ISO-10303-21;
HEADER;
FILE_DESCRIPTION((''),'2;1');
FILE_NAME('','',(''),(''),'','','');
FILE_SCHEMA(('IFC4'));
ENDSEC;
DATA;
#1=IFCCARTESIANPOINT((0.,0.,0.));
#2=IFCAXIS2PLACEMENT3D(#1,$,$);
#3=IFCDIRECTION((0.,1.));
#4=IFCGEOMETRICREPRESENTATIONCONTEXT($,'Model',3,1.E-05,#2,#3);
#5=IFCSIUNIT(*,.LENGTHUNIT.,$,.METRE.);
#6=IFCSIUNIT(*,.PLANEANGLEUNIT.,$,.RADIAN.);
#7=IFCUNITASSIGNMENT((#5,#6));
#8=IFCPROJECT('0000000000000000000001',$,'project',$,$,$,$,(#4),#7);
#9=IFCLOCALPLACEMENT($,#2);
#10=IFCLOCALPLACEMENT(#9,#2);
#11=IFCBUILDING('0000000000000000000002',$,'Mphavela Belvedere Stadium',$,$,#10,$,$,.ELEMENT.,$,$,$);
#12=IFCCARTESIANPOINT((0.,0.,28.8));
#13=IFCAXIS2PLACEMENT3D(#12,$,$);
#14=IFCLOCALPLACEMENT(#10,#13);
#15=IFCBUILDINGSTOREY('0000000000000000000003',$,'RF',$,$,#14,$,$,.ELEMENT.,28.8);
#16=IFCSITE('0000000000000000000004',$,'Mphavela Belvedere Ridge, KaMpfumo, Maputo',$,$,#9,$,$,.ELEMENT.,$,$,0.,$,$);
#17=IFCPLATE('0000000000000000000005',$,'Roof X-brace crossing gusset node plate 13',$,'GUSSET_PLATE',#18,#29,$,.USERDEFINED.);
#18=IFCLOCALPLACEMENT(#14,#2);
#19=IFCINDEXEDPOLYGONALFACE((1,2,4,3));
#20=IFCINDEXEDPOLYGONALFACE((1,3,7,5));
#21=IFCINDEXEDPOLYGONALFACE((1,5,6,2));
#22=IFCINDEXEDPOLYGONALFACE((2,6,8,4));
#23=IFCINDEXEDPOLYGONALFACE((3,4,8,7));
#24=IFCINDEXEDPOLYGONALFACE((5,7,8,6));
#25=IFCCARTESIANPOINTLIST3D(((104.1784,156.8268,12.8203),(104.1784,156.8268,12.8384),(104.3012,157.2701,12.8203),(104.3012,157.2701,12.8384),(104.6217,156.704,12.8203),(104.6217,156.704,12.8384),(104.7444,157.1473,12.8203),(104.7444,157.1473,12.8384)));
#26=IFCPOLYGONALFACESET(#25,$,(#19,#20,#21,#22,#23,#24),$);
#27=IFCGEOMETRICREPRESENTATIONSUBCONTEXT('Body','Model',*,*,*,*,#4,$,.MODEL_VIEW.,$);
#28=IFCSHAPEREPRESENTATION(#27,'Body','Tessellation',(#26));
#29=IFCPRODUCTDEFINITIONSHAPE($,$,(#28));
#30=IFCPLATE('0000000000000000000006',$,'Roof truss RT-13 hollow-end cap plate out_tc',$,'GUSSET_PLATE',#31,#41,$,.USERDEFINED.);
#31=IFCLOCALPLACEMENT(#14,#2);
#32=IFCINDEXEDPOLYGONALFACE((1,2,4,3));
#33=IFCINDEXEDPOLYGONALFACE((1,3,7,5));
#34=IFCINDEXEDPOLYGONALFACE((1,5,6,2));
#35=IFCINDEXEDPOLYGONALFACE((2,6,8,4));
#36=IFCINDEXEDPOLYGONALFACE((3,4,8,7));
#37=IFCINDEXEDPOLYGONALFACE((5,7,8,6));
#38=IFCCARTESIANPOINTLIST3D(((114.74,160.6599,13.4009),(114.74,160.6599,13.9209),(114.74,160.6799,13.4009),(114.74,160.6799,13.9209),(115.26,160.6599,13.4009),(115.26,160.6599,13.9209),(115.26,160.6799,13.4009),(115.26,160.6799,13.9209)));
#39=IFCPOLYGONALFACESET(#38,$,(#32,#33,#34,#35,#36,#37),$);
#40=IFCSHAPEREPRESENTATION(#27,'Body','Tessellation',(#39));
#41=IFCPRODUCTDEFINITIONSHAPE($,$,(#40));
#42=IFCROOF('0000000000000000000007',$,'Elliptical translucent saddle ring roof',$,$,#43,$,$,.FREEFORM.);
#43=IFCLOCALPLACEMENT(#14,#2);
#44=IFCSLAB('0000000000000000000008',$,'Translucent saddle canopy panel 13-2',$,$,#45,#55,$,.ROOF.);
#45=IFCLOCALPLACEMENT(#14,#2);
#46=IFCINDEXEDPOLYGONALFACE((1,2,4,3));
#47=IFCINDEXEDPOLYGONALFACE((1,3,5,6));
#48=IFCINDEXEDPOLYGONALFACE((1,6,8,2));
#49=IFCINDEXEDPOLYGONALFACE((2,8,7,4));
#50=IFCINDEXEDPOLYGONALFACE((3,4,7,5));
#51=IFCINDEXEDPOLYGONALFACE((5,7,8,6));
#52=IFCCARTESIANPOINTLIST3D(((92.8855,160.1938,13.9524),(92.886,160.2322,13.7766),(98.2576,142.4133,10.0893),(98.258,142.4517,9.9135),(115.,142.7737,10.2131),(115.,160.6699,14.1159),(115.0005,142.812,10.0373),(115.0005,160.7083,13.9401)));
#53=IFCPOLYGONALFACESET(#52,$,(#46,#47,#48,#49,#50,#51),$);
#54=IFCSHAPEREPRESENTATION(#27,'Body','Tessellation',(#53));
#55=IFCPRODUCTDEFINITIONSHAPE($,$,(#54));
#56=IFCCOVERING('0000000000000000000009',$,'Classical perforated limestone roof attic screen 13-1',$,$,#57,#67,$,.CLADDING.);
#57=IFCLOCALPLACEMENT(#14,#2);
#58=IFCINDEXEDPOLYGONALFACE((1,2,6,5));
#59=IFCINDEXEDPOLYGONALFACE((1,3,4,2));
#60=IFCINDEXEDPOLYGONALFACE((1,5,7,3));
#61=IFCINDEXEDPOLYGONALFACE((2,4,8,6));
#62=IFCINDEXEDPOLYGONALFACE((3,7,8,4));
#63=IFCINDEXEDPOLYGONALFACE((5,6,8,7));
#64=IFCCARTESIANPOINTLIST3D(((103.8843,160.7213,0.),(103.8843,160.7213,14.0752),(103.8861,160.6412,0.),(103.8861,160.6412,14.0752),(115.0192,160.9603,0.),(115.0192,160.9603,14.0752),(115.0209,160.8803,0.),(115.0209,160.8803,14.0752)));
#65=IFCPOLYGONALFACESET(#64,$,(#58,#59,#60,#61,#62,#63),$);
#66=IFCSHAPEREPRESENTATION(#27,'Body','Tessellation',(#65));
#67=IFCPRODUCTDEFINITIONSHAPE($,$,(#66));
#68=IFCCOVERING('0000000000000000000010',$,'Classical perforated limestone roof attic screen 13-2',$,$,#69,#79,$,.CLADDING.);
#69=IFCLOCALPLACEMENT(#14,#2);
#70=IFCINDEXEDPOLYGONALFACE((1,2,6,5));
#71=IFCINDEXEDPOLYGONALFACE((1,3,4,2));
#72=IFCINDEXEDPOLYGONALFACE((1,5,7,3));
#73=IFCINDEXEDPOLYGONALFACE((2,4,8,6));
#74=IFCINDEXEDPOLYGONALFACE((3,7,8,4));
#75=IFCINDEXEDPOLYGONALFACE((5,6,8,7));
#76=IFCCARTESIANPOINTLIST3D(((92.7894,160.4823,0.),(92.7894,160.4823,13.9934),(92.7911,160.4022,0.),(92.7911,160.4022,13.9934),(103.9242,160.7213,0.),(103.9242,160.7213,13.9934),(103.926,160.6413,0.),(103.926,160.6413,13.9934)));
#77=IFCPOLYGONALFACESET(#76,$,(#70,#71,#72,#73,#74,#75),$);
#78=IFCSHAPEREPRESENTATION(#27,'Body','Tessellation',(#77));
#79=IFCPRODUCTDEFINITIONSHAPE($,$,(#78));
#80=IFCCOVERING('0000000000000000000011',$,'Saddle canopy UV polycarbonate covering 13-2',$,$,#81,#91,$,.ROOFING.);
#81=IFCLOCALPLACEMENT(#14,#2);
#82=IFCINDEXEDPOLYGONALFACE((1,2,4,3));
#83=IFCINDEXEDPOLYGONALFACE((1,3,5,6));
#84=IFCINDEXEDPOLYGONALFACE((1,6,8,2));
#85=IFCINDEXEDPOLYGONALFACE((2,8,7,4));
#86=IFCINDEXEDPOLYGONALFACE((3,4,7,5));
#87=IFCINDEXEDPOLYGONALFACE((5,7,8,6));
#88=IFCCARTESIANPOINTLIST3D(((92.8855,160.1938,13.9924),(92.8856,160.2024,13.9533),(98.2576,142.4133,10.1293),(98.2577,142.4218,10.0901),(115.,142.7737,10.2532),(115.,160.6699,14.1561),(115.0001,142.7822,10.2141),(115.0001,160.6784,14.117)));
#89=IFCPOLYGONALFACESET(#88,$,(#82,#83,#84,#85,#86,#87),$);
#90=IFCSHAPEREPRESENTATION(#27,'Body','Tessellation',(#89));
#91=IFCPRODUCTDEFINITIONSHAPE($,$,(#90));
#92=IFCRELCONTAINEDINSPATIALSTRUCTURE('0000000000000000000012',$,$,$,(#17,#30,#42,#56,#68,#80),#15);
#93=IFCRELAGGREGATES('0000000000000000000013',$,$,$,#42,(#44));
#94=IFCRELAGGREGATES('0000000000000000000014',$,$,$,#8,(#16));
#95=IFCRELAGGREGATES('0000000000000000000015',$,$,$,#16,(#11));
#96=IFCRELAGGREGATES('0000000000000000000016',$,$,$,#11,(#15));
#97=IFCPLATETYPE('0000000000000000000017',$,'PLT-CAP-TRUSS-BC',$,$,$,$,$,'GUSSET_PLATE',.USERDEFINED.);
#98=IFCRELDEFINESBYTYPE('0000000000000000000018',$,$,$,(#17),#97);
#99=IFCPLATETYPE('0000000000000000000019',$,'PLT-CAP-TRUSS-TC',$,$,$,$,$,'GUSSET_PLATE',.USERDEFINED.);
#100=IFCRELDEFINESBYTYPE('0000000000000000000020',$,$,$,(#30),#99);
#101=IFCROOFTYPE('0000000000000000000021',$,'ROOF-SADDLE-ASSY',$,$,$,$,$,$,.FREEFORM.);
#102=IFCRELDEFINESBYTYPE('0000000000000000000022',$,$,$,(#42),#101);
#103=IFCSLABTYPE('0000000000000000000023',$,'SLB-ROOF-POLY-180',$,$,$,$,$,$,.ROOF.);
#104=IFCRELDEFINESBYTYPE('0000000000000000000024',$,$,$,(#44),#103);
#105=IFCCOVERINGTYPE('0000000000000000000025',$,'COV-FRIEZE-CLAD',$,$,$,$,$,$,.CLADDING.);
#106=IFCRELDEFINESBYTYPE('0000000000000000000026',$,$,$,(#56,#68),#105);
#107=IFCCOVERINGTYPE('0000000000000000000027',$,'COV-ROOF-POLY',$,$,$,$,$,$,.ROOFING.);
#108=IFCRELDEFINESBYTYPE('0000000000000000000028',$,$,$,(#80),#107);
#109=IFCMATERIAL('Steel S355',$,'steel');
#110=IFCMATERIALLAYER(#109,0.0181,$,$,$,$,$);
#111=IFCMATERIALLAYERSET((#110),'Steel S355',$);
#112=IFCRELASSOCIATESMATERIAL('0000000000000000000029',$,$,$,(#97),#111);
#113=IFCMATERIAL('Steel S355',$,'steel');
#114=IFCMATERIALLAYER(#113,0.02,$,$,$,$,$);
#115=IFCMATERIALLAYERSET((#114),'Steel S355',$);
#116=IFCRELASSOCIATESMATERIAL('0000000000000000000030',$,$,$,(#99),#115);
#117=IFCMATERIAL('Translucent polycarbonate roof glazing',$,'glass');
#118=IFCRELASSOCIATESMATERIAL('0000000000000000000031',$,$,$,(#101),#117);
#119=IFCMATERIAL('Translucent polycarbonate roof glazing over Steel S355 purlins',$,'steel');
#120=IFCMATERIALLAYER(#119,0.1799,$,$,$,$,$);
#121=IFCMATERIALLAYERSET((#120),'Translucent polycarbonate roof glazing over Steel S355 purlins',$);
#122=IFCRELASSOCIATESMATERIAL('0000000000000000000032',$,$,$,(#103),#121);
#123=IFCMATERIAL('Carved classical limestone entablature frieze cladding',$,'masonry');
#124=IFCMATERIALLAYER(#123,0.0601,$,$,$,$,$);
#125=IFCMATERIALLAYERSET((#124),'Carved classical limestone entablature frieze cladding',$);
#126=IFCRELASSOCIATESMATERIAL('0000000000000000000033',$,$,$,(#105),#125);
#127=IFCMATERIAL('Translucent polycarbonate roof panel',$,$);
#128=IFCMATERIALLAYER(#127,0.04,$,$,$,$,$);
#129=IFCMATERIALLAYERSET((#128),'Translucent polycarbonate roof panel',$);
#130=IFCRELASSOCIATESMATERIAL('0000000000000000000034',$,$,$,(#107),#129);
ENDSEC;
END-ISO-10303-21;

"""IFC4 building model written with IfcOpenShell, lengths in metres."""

from ifc_helpers import new_model, si_unit, direction, frame, origin, origin_2d, place, context, subcontext, project, spatial, polyline, rectangle, outline, extrude, material, layer, layer_set, type_object, element, aggregate, save


model = new_model("IFC4")

# Units and contexts
model_context = context("Model", 3, precision=1e-05, world=origin(), true_north=direction((0.0, 1.0)))
body_context = subcontext(model_context, "Body", "Model", "MODEL_VIEW")
ifc_project = project(units=[si_unit("LENGTHUNIT", "METRE"), si_unit("PLANEANGLEUNIT", "RADIAN")], contexts=[model_context])

# Site, building, storey
site_placement = place(None, origin())
site = spatial("IfcSite", under=ifc_project, at=site_placement, Name="Mphavela Belvedere Ridge, KaMpfumo, Maputo", CompositionType="ELEMENT", RefElevation=0.0)
building_placement = place(site_placement, origin())
building = spatial("IfcBuilding", under=site, at=building_placement, Name="Mphavela Belvedere Stadium", CompositionType="ELEMENT")
storey_placement = place(building_placement, frame((0.0, 0.0, 28.8)))
storey = spatial("IfcBuildingStorey", under=building, at=storey_placement, Name="RF", CompositionType="ELEMENT", Elevation=28.8)

# Plates
ifc_material_1 = material(Name="Steel S355", Category="steel")
ifc_layer_1 = layer(ifc_material_1, 0.0181)
ifc_layer_set_1 = layer_set([ifc_layer_1], Name="Steel S355")
plate_type_1 = type_object("IfcPlateType", Name="PLT-CAP-TRUSS-BC", ElementType="GUSSET_PLATE", PredefinedType="USERDEFINED", material=ifc_layer_set_1)
plate_1_placement = place(storey_placement, frame((104.4614, 156.9871, 12.8203), z_axis=(0.0, 0.0, 1.0), x_axis=(-0.963724, 0.266902, 0.0)))
element("IfcPlate", 1, at=plate_1_placement, inside=storey, type_object=plate_type_1, Name="Roof X-brace crossing gusset node plate 13", ObjectType="GUSSET_PLATE", PredefinedType="USERDEFINED", context=body_context, shape_type="SweptSolid", body=[
    extrude(rectangle(XDim=0.46, YDim=0.46, at=origin_2d()), origin(), (0.0, 0.0, 1.0), 0.0181),
])
ifc_material_2 = material(Name="Steel S355", Category="steel")
ifc_layer_2 = layer(ifc_material_2, 0.02)
ifc_layer_set_2 = layer_set([ifc_layer_2], Name="Steel S355")
plate_type_2 = type_object("IfcPlateType", Name="PLT-CAP-TRUSS-TC", ElementType="GUSSET_PLATE", PredefinedType="USERDEFINED", material=ifc_layer_set_2)
plate_2_placement = place(storey_placement, frame((115.0, 160.6699, 13.4009), z_axis=(0.0, 0.0, 1.0), x_axis=(0.0, 1.0, 0.0)))
element("IfcPlate", 2, at=plate_2_placement, inside=storey, type_object=plate_type_2, Name="Roof truss RT-13 hollow-end cap plate out_tc", ObjectType="GUSSET_PLATE", PredefinedType="USERDEFINED", context=body_context, shape_type="SweptSolid", body=[
    extrude(rectangle(XDim=0.02, YDim=0.52, at=origin_2d()), origin(), (0.0, 0.0, 1.0), 0.52),
])

# Roof, slab
ifc_material_3 = material(Name="Translucent polycarbonate roof glazing", Category="glass")
roof_type = type_object("IfcRoofType", Name="ROOF-SADDLE-ASSY", PredefinedType="FREEFORM", material=ifc_material_3)
roof_placement = place(storey_placement, origin())
roof = element("IfcRoof", 3, at=roof_placement, inside=storey, type_object=roof_type, Name="Elliptical translucent saddle ring roof", PredefinedType="FREEFORM")
ifc_material_4 = material(Name="Translucent polycarbonate roof glazing over Steel S355 purlins", Category="steel")
ifc_layer_3 = layer(ifc_material_4, 0.1799)
ifc_layer_set_3 = layer_set([ifc_layer_3], Name="Translucent polycarbonate roof glazing over Steel S355 purlins")
slab_type = type_object("IfcSlabType", Name="SLB-ROOF-POLY-180", PredefinedType="ROOF", material=ifc_layer_set_3)
slab_placement = place(storey_placement, frame((115.0, 142.7737, 10.2131), z_axis=(-0.002639, -0.213071, 0.977033), x_axis=(-0.999741, -0.021517, -0.007393)))
slab = element("IfcSlab", 4, at=slab_placement, type_object=slab_type, Name="Translucent saddle canopy panel 13-2", PredefinedType="ROOF", context=body_context, shape_type="SweptSolid", body=[
    extrude(outline(polyline([(0.0, 0.0), (16.7468, 0.0), (21.7063, -18.3121), (-0.4139, -18.3122), (0.0, 0.0)])), origin(), (0.0, 0.0, -1.0), 0.1799),
])
aggregate(roof, [slab])

# Coverings
ifc_material_5 = material(Name="Carved classical limestone entablature frieze cladding", Category="masonry")
ifc_layer_4 = layer(ifc_material_5, 0.0601)
ifc_layer_set_4 = layer_set([ifc_layer_4], Name="Carved classical limestone entablature frieze cladding")
covering_type_1 = type_object("IfcCoveringType", Name="COV-FRIEZE-CLAD", PredefinedType="CLADDING", material=ifc_layer_set_4)
covering_1_placement = place(storey_placement, frame((109.4526, 160.8008, 0.0), z_axis=(0.0, 0.0, 1.0), x_axis=(-0.99977, -0.021466, 0.0)))
element("IfcCovering", 5, at=covering_1_placement, inside=storey, type_object=covering_type_1, Name="Classical perforated limestone roof attic screen 13-1", PredefinedType="CLADDING", context=body_context, shape_type="SweptSolid", body=[
    extrude(rectangle(XDim=11.1375, YDim=0.0801, at=origin_2d()), origin(), (0.0, 0.0, 1.0), 14.0752),
])
covering_2_placement = place(storey_placement, frame((98.3577, 160.5618, 0.0), z_axis=(0.0, 0.0, 1.0), x_axis=(-0.99977, -0.021466, 0.0)))
element("IfcCovering", 6, at=covering_2_placement, inside=storey, type_object=covering_type_1, Name="Classical perforated limestone roof attic screen 13-2", PredefinedType="CLADDING", context=body_context, shape_type="SweptSolid", body=[
    extrude(rectangle(XDim=11.1375, YDim=0.0801, at=origin_2d()), origin(), (0.0, 0.0, 1.0), 13.9934),
])
ifc_material_6 = material(Name="Translucent polycarbonate roof panel")
ifc_layer_5 = layer(ifc_material_6, 0.04)
ifc_layer_set_5 = layer_set([ifc_layer_5], Name="Translucent polycarbonate roof panel")
covering_type_2 = type_object("IfcCoveringType", Name="COV-ROOF-POLY", PredefinedType="ROOFING", material=ifc_layer_set_5)
covering_3_placement = place(storey_placement, frame((115.0, 142.7737, 10.2532), z_axis=(-0.002645, -0.213078, 0.977032), x_axis=(-0.999741, -0.021519, -0.007399)))
element("IfcCovering", 7, at=covering_3_placement, inside=storey, type_object=covering_type_2, Name="Saddle canopy UV polycarbonate covering 13-2", PredefinedType="ROOFING", context=body_context, shape_type="SweptSolid", body=[
    extrude(outline(polyline([(0.0, 0.0), (16.7468, 0.0), (21.7062, -18.3121), (-0.414, -18.3122), (0.0, 0.0)])), origin(), (0.0, 0.0, -1.0), 0.04),
])

save(model, "model.ifc")
